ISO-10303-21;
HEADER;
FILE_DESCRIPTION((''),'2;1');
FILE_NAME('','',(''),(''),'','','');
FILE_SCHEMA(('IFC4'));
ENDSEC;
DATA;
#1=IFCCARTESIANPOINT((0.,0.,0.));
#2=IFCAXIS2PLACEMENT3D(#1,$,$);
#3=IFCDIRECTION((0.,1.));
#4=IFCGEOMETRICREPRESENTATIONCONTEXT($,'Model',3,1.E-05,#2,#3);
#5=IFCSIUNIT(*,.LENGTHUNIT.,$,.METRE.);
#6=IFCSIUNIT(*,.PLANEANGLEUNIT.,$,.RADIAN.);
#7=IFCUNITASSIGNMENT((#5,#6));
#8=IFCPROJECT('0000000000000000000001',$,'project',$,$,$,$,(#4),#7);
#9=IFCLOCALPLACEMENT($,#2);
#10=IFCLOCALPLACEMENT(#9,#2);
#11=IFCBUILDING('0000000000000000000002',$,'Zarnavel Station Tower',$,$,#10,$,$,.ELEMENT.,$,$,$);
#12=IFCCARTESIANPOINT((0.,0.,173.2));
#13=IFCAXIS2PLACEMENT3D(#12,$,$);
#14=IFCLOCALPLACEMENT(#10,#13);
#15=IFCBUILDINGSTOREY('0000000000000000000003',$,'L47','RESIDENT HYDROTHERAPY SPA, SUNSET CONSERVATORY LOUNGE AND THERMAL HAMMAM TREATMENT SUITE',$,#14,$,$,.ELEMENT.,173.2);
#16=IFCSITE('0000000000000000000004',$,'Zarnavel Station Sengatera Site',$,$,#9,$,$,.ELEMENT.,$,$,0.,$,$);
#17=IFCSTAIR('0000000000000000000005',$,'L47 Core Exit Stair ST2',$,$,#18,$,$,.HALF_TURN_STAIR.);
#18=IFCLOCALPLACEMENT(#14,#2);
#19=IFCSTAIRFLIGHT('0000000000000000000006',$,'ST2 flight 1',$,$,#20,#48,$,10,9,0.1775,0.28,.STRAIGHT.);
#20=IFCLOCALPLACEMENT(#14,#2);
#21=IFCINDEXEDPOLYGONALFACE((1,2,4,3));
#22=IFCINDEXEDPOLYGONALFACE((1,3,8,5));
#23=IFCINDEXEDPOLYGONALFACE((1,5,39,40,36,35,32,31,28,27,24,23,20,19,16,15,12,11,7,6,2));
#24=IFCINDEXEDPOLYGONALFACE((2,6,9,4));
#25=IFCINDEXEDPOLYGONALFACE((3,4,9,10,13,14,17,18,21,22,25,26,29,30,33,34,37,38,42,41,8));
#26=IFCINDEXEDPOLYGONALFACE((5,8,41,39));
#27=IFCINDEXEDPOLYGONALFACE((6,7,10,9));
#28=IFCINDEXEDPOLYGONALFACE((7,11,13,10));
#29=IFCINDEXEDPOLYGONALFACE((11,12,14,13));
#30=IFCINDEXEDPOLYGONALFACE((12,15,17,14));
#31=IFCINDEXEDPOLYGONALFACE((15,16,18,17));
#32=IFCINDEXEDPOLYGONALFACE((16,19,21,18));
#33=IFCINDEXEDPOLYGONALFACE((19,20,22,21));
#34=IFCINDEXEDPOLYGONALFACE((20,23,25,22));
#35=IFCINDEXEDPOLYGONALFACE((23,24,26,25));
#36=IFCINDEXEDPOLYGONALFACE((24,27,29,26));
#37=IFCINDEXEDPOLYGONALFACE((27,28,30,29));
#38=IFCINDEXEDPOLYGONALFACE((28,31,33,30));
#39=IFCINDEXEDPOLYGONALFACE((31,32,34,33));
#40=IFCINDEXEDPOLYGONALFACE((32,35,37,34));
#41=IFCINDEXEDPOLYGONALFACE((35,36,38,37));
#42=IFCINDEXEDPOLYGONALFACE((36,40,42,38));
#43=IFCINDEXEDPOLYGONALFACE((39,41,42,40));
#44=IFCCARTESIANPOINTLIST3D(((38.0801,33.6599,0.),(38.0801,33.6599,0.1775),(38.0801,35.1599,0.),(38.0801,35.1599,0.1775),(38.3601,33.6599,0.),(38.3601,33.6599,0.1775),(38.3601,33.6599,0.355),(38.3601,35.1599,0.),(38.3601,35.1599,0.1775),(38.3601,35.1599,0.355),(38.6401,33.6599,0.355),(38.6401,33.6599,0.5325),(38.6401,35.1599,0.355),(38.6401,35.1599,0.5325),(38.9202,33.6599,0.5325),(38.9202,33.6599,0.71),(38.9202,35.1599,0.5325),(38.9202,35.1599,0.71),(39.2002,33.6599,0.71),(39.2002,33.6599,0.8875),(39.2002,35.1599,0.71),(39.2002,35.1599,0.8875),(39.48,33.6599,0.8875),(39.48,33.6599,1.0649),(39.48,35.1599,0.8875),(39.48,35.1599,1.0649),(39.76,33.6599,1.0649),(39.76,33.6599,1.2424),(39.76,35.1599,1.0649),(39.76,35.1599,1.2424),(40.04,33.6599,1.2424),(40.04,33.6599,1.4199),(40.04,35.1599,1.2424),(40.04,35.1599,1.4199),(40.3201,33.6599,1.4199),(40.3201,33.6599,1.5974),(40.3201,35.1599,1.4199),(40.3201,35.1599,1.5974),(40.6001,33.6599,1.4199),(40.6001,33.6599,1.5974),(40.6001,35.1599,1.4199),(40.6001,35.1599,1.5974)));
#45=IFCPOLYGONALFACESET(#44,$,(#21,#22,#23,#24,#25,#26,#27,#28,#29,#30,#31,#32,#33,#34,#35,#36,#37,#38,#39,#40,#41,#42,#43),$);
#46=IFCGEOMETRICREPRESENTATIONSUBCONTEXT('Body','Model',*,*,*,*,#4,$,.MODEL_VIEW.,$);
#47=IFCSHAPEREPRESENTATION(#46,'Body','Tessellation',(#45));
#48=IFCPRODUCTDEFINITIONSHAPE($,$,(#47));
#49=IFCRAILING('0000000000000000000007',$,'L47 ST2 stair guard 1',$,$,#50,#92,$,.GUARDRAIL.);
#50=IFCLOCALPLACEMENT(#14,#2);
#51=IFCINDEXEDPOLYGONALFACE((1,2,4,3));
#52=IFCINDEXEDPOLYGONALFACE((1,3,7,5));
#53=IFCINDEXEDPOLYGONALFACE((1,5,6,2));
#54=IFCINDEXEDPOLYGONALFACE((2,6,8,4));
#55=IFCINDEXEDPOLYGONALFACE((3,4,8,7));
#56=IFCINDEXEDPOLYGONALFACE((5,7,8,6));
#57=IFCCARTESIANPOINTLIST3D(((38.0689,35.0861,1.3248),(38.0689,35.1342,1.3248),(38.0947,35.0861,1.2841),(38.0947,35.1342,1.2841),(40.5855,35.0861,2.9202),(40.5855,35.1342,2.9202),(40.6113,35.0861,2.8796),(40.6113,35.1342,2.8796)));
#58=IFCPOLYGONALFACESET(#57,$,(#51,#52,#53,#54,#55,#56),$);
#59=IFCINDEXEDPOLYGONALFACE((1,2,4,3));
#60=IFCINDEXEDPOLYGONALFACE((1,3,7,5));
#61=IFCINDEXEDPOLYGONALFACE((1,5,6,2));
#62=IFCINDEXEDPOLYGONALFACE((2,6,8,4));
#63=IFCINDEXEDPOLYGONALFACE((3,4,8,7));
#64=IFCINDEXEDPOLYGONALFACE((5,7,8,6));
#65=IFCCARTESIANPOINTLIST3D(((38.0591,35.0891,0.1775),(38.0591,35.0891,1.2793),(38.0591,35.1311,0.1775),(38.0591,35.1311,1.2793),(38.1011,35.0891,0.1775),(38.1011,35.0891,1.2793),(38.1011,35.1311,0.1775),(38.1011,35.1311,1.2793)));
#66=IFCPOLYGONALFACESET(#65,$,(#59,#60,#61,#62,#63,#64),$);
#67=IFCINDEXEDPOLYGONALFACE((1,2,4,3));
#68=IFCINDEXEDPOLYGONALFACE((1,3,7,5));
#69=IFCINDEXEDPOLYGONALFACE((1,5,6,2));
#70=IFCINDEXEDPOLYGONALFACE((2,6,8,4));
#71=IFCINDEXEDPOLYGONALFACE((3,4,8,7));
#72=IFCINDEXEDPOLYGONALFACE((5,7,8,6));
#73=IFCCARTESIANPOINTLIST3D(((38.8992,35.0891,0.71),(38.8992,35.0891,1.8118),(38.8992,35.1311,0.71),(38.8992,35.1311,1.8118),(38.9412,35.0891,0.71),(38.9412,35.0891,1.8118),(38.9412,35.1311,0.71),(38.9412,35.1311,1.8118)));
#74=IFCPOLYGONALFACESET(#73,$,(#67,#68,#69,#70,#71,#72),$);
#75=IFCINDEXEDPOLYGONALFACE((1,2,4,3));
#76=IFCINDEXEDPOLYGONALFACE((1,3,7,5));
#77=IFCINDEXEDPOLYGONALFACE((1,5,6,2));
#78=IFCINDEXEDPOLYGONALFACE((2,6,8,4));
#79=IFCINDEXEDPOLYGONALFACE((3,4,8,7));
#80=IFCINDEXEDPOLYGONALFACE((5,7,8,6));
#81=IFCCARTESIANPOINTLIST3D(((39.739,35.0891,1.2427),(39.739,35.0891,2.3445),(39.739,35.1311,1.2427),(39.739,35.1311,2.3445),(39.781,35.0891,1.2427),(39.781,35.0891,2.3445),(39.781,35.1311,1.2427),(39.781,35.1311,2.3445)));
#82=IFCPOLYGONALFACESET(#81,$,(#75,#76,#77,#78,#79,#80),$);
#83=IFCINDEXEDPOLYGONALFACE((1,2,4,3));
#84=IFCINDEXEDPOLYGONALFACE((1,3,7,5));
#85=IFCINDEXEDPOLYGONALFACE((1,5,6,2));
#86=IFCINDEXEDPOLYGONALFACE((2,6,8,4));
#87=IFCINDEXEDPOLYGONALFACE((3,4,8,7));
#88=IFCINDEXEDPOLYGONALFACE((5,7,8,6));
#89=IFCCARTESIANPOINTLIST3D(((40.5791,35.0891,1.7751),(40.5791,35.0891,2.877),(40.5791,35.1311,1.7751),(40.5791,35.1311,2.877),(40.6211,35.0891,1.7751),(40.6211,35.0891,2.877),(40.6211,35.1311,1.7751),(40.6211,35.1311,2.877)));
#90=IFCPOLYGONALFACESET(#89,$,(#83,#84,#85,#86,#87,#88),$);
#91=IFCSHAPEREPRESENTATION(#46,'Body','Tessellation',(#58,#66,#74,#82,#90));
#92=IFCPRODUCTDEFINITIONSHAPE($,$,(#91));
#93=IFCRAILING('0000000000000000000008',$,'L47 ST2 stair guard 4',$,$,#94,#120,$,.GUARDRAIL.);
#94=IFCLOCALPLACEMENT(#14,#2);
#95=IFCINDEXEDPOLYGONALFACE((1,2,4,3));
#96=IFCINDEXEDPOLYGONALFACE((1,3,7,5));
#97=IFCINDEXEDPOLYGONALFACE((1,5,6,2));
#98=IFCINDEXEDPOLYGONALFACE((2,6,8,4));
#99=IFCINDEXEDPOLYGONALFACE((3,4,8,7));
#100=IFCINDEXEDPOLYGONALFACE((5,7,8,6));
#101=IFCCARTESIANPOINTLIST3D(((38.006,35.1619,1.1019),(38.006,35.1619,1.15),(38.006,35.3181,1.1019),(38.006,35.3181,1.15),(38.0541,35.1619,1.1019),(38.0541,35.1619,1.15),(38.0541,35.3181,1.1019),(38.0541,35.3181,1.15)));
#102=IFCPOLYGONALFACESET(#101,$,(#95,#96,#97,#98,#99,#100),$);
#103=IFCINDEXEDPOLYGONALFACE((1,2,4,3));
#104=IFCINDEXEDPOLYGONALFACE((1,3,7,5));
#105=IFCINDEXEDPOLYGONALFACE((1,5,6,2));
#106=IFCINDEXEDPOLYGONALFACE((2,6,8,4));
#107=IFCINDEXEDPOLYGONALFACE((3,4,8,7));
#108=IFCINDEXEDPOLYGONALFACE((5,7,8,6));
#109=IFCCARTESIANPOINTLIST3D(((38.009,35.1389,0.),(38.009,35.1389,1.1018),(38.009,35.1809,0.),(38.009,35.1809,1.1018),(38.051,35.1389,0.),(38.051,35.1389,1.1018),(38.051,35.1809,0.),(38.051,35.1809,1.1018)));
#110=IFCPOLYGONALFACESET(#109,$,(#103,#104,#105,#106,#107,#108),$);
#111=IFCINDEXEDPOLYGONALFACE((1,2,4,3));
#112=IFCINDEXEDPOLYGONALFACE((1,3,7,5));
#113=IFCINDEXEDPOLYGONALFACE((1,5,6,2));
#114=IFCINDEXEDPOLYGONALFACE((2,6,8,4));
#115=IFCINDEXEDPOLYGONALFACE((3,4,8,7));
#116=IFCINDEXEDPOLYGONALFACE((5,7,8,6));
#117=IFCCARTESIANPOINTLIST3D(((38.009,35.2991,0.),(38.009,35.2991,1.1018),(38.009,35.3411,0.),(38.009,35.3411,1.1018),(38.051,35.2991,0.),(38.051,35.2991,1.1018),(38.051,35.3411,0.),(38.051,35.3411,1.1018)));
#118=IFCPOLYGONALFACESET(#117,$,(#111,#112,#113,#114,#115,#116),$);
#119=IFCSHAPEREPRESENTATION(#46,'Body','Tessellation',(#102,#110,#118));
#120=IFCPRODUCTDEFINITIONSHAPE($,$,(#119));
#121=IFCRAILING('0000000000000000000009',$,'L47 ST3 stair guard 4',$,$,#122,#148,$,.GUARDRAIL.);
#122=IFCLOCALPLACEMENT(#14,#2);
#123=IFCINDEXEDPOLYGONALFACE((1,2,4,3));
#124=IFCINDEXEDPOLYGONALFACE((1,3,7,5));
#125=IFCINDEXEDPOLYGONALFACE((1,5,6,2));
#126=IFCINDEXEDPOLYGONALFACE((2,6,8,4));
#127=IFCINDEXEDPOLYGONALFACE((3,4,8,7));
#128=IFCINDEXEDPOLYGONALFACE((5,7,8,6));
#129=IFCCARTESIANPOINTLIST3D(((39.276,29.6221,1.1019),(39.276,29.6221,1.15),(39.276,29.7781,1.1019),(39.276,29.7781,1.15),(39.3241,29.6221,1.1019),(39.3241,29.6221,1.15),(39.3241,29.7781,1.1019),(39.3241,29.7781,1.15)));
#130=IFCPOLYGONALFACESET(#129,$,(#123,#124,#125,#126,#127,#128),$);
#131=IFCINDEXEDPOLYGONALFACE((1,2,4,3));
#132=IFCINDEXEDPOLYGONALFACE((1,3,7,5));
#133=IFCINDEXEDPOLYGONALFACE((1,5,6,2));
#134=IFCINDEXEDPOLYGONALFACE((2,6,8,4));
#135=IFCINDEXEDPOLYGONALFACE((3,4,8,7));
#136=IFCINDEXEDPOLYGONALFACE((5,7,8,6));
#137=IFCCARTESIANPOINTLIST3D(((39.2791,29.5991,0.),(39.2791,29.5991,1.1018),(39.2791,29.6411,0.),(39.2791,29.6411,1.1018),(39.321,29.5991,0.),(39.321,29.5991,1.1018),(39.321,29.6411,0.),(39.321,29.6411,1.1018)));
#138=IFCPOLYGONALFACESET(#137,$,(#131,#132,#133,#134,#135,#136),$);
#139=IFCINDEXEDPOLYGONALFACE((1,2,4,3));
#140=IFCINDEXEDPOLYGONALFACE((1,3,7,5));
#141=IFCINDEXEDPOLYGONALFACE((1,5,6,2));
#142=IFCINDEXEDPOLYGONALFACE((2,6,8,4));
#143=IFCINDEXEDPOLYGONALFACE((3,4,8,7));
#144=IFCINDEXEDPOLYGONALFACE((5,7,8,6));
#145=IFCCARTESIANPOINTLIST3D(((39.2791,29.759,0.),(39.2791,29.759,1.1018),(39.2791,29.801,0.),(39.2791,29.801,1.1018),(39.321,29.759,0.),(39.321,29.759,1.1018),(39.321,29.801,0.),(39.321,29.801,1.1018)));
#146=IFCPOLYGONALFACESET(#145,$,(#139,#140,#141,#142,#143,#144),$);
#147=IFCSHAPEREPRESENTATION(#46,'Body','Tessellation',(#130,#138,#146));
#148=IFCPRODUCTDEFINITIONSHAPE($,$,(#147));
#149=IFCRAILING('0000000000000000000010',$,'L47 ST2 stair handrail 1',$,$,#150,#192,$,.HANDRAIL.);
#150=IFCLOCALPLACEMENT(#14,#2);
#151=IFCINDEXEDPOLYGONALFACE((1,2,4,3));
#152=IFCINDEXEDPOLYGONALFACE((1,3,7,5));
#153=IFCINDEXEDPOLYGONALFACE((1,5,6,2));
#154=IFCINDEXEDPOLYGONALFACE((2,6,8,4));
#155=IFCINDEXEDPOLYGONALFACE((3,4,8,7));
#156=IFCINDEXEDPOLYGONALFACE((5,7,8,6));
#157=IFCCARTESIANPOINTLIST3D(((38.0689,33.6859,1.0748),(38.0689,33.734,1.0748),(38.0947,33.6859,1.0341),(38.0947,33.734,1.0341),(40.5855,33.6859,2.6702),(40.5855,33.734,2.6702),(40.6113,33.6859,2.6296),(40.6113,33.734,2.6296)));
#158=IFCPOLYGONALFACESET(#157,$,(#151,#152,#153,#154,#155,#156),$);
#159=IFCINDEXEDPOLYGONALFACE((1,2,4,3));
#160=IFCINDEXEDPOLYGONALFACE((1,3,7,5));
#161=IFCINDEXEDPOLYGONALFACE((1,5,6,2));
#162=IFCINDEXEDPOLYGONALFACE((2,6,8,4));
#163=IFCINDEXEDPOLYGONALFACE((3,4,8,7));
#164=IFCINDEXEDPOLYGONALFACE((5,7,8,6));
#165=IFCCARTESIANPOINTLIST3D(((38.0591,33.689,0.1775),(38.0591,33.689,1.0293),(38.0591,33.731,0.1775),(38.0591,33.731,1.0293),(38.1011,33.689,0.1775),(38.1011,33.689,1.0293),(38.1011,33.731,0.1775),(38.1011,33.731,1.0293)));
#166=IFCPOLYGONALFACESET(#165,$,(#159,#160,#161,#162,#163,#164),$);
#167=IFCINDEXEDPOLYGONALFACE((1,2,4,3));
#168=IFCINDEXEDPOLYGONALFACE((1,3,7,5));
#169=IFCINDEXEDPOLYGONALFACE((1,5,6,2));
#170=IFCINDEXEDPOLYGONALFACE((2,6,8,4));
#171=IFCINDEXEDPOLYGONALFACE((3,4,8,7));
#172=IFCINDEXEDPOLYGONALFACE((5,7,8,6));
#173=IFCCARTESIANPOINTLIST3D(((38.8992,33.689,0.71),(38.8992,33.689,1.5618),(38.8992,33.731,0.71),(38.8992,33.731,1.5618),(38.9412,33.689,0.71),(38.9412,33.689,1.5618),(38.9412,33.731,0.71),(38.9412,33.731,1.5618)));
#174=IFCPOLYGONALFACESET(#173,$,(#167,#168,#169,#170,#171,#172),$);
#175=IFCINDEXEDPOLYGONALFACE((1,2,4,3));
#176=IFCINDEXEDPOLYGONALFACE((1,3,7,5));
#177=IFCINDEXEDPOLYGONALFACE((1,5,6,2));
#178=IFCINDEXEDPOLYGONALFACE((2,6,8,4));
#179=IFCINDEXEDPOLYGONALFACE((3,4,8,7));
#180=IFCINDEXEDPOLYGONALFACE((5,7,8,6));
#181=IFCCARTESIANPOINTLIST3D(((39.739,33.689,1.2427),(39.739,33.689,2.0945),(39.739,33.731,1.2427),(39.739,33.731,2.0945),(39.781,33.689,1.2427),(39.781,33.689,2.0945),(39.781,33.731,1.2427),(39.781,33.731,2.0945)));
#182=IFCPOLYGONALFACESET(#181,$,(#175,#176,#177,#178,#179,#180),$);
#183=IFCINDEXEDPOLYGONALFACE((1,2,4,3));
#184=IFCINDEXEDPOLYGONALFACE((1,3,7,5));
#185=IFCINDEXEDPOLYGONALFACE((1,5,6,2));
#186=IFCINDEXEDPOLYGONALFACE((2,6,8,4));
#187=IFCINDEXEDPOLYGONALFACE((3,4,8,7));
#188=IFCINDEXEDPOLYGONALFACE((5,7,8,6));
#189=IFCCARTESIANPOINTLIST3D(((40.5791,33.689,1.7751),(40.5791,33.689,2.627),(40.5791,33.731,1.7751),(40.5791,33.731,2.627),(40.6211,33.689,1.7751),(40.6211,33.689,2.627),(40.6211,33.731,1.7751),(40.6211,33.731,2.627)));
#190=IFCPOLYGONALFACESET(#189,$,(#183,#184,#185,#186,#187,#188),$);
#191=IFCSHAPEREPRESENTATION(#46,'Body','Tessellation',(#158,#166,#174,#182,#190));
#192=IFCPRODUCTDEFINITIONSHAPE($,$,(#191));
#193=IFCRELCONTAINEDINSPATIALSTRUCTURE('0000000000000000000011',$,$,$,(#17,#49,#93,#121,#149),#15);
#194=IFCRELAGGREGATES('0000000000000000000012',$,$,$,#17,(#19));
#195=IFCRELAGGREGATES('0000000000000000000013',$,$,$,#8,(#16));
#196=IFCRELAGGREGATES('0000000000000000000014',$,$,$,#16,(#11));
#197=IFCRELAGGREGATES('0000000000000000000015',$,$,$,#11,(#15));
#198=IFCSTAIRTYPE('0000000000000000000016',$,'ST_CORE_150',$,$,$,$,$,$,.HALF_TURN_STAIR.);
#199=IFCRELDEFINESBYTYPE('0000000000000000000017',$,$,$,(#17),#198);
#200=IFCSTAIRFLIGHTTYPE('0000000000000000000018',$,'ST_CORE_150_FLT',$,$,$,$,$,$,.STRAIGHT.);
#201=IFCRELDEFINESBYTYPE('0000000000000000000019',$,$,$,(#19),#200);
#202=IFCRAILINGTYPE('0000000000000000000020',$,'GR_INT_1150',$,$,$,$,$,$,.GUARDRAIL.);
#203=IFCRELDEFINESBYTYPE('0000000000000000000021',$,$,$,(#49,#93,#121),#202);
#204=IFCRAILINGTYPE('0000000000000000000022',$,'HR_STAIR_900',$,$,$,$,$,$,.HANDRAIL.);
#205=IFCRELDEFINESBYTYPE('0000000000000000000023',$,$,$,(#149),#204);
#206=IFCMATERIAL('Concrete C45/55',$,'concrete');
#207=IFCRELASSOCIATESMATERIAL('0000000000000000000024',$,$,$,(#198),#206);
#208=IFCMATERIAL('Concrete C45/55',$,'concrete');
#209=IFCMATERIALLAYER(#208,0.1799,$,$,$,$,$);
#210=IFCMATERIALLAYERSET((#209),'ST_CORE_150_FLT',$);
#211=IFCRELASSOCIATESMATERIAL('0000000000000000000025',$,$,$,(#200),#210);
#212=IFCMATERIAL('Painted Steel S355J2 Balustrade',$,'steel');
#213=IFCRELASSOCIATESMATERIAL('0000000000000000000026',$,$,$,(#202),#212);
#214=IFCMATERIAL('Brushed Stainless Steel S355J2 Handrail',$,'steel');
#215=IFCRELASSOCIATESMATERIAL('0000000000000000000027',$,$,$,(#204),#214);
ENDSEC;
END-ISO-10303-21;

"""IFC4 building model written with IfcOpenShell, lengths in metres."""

from ifc_helpers import new_model, si_unit, direction, frame, origin, origin_2d, place, context, subcontext, project, spatial, polyline, rectangle, outline, extrude, material, layer, layer_set, type_object, element, aggregate, save


model = new_model("IFC4")

# Units and contexts
model_context = context("Model", 3, precision=1e-05, world=origin(), true_north=direction((0.0, 1.0)))
body_context = subcontext(model_context, "Body", "Model", "MODEL_VIEW")
ifc_project = project(units=[si_unit("LENGTHUNIT", "METRE"), si_unit("PLANEANGLEUNIT", "RADIAN")], contexts=[model_context])

# Site, building, storey
site_placement = place(None, origin())
site = spatial("IfcSite", under=ifc_project, at=site_placement, Name="Zarnavel Station Sengatera Site", CompositionType="ELEMENT", RefElevation=0.0)
building_placement = place(site_placement, origin())
building = spatial("IfcBuilding", under=site, at=building_placement, Name="Zarnavel Station Tower", CompositionType="ELEMENT")
storey_placement = place(building_placement, frame((0.0, 0.0, 173.2)))
storey = spatial("IfcBuildingStorey", under=building, at=storey_placement, Name="L47", Description="RESIDENT HYDROTHERAPY SPA, SUNSET CONSERVATORY LOUNGE AND THERMAL HAMMAM TREATMENT SUITE", CompositionType="ELEMENT", Elevation=173.2)

# Stair, stair flight
ifc_material_1 = material(Name="Concrete C45/55", Category="concrete")
stair_type = type_object("IfcStairType", Name="ST_CORE_150", PredefinedType="HALF_TURN_STAIR", material=ifc_material_1)
stair_placement = place(storey_placement, origin())
stair = element("IfcStair", 1, at=stair_placement, inside=storey, type_object=stair_type, Name="L47 Core Exit Stair ST2", PredefinedType="HALF_TURN_STAIR")
ifc_material_2 = material(Name="Concrete C45/55", Category="concrete")
ifc_layer_1 = layer(ifc_material_2, 0.1799)
ifc_layer_set_1 = layer_set([ifc_layer_1], Name="ST_CORE_150_FLT")
stair_flight_type = type_object("IfcStairFlightType", Name="ST_CORE_150_FLT", PredefinedType="STRAIGHT", material=ifc_layer_set_1)
stair_flight_placement = place(storey_placement, frame((38.0801, 34.4099, 0.0), z_axis=(0.0, 0.0, 1.0), x_axis=(1.0, 0.0, 0.0)))
stair_flight = element("IfcStairFlight", 2, at=stair_flight_placement, type_object=stair_flight_type, Name="ST2 flight 1", NumberOfRisers=10, NumberOfTreads=9, PredefinedType="STRAIGHT", RiserHeight=0.1775, TreadLength=0.28, context=body_context, shape_type="SweptSolid", body=[
    extrude(outline(polyline([(0.0, 0.0), (0.0, 0.1775), (0.28, 0.1775), (0.28, 0.355), (0.5601, 0.355), (0.5601, 0.5325), (0.8401, 0.5325), (0.8401, 0.71), (1.1201, 0.71), (1.1201, 0.8875), (1.3999, 0.8875), (1.3999, 1.0649), (1.6799, 1.0649), (1.6799, 1.2424), (1.96, 1.2424), (1.96, 1.4199), (2.24, 1.4199), (2.24, 1.5974), (2.52, 1.5974), (2.52, 1.7749), (2.52, 1.4199), (0.28, 0.0), (0.0, 0.0)])), frame((0.0, 0.75, 0.0), z_axis=(0.0, -1.0, 0.0), x_axis=(1.0, 0.0, 0.0)), (0.0, 0.0, 1.0), 1.5),
])
aggregate(stair, [stair_flight])

# Railings
ifc_material_3 = material(Name="Painted Steel S355J2 Balustrade", Category="steel")
railing_type_1 = type_object("IfcRailingType", Name="GR_INT_1150", PredefinedType="GUARDRAIL", material=ifc_material_3)
railing_1_placement = place(storey_placement, frame((38.0801, 35.1101, 0.1775)))
element("IfcRailing", 3, at=railing_1_placement, inside=storey, type_object=railing_type_1, Name="L47 ST2 stair guard 1", PredefinedType="GUARDRAIL", context=body_context, shape_type="SweptSolid", body=[
    extrude(rectangle(XDim=0.0481, YDim=0.0481, at=origin_2d()), frame((0.0017, 0.0, 1.127), z_axis=(0.84457, 0.0, 0.535445), x_axis=(0.0, 1.0, 0.0)), (0.0, 0.0, 1.0), 2.9797),
    extrude(rectangle(XDim=0.042, YDim=0.042, at=origin_2d()), origin(), (0.0, 0.0, 1.0), 1.1018),
    extrude(rectangle(XDim=0.042, YDim=0.042, at=origin_2d()), frame((0.8401, 0.0, 0.5325)), (0.0, 0.0, 1.0), 1.1018),
    extrude(rectangle(XDim=0.042, YDim=0.042, at=origin_2d()), frame((1.6799, 0.0, 1.0652)), (0.0, 0.0, 1.0), 1.1018),
    extrude(rectangle(XDim=0.042, YDim=0.042, at=origin_2d()), frame((2.52, 0.0, 1.5977)), (0.0, 0.0, 1.0), 1.1018),
])
railing_2_placement = place(storey_placement, frame((38.03, 35.1599, 0.0)))
element("IfcRailing", 4, at=railing_2_placement, inside=storey, type_object=railing_type_1, Name="L47 ST2 stair guard 4", PredefinedType="GUARDRAIL", context=body_context, shape_type="SweptSolid", body=[
    extrude(rectangle(XDim=0.0481, YDim=0.0481, at=origin_2d()), frame((0.0, 0.002, 1.126), z_axis=(0.0, 1.0, 0.0), x_axis=(-1.0, 0.0, 0.0)), (0.0, 0.0, 1.0), 0.1562),
    extrude(rectangle(XDim=0.042, YDim=0.042, at=origin_2d()), origin(), (0.0, 0.0, 1.0), 1.1018),
    extrude(rectangle(XDim=0.042, YDim=0.042, at=origin_2d()), frame((0.0, 0.1602, 0.0)), (0.0, 0.0, 1.0), 1.1018),
])
railing_3_placement = place(storey_placement, frame((39.3, 29.6201, 0.0)))
element("IfcRailing", 5, at=railing_3_placement, inside=storey, type_object=railing_type_1, Name="L47 ST3 stair guard 4", PredefinedType="GUARDRAIL", context=body_context, shape_type="SweptSolid", body=[
    extrude(rectangle(XDim=0.0481, YDim=0.0481, at=origin_2d()), frame((0.0, 0.002, 1.126), z_axis=(0.0, 1.0, 0.0), x_axis=(-1.0, 0.0, 0.0)), (0.0, 0.0, 1.0), 0.156),
    extrude(rectangle(XDim=0.042, YDim=0.042, at=origin_2d()), origin(), (0.0, 0.0, 1.0), 1.1018),
    extrude(rectangle(XDim=0.042, YDim=0.042, at=origin_2d()), frame((0.0, 0.1599, 0.0)), (0.0, 0.0, 1.0), 1.1018),
])
ifc_material_4 = material(Name="Brushed Stainless Steel S355J2 Handrail", Category="steel")
railing_type_2 = type_object("IfcRailingType", Name="HR_STAIR_900", PredefinedType="HANDRAIL", material=ifc_material_4)
railing_4_placement = place(storey_placement, frame((38.0801, 33.71, 0.1775)))
element("IfcRailing", 6, at=railing_4_placement, inside=storey, type_object=railing_type_2, Name="L47 ST2 stair handrail 1", PredefinedType="HANDRAIL", context=body_context, shape_type="SweptSolid", body=[
    extrude(rectangle(XDim=0.0481, YDim=0.0481, at=origin_2d()), frame((0.0017, 0.0, 0.877), z_axis=(0.84457, 0.0, 0.535445), x_axis=(0.0, 1.0, 0.0)), (0.0, 0.0, 1.0), 2.9797),
    extrude(rectangle(XDim=0.042, YDim=0.042, at=origin_2d()), origin(), (0.0, 0.0, 1.0), 0.8518),
    extrude(rectangle(XDim=0.042, YDim=0.042, at=origin_2d()), frame((0.8401, 0.0, 0.5325)), (0.0, 0.0, 1.0), 0.8518),
    extrude(rectangle(XDim=0.042, YDim=0.042, at=origin_2d()), frame((1.6799, 0.0, 1.0652)), (0.0, 0.0, 1.0), 0.8518),
    extrude(rectangle(XDim=0.042, YDim=0.042, at=origin_2d()), frame((2.52, 0.0, 1.5977)), (0.0, 0.0, 1.0), 0.8518),
])

save(model, "model.ifc")
